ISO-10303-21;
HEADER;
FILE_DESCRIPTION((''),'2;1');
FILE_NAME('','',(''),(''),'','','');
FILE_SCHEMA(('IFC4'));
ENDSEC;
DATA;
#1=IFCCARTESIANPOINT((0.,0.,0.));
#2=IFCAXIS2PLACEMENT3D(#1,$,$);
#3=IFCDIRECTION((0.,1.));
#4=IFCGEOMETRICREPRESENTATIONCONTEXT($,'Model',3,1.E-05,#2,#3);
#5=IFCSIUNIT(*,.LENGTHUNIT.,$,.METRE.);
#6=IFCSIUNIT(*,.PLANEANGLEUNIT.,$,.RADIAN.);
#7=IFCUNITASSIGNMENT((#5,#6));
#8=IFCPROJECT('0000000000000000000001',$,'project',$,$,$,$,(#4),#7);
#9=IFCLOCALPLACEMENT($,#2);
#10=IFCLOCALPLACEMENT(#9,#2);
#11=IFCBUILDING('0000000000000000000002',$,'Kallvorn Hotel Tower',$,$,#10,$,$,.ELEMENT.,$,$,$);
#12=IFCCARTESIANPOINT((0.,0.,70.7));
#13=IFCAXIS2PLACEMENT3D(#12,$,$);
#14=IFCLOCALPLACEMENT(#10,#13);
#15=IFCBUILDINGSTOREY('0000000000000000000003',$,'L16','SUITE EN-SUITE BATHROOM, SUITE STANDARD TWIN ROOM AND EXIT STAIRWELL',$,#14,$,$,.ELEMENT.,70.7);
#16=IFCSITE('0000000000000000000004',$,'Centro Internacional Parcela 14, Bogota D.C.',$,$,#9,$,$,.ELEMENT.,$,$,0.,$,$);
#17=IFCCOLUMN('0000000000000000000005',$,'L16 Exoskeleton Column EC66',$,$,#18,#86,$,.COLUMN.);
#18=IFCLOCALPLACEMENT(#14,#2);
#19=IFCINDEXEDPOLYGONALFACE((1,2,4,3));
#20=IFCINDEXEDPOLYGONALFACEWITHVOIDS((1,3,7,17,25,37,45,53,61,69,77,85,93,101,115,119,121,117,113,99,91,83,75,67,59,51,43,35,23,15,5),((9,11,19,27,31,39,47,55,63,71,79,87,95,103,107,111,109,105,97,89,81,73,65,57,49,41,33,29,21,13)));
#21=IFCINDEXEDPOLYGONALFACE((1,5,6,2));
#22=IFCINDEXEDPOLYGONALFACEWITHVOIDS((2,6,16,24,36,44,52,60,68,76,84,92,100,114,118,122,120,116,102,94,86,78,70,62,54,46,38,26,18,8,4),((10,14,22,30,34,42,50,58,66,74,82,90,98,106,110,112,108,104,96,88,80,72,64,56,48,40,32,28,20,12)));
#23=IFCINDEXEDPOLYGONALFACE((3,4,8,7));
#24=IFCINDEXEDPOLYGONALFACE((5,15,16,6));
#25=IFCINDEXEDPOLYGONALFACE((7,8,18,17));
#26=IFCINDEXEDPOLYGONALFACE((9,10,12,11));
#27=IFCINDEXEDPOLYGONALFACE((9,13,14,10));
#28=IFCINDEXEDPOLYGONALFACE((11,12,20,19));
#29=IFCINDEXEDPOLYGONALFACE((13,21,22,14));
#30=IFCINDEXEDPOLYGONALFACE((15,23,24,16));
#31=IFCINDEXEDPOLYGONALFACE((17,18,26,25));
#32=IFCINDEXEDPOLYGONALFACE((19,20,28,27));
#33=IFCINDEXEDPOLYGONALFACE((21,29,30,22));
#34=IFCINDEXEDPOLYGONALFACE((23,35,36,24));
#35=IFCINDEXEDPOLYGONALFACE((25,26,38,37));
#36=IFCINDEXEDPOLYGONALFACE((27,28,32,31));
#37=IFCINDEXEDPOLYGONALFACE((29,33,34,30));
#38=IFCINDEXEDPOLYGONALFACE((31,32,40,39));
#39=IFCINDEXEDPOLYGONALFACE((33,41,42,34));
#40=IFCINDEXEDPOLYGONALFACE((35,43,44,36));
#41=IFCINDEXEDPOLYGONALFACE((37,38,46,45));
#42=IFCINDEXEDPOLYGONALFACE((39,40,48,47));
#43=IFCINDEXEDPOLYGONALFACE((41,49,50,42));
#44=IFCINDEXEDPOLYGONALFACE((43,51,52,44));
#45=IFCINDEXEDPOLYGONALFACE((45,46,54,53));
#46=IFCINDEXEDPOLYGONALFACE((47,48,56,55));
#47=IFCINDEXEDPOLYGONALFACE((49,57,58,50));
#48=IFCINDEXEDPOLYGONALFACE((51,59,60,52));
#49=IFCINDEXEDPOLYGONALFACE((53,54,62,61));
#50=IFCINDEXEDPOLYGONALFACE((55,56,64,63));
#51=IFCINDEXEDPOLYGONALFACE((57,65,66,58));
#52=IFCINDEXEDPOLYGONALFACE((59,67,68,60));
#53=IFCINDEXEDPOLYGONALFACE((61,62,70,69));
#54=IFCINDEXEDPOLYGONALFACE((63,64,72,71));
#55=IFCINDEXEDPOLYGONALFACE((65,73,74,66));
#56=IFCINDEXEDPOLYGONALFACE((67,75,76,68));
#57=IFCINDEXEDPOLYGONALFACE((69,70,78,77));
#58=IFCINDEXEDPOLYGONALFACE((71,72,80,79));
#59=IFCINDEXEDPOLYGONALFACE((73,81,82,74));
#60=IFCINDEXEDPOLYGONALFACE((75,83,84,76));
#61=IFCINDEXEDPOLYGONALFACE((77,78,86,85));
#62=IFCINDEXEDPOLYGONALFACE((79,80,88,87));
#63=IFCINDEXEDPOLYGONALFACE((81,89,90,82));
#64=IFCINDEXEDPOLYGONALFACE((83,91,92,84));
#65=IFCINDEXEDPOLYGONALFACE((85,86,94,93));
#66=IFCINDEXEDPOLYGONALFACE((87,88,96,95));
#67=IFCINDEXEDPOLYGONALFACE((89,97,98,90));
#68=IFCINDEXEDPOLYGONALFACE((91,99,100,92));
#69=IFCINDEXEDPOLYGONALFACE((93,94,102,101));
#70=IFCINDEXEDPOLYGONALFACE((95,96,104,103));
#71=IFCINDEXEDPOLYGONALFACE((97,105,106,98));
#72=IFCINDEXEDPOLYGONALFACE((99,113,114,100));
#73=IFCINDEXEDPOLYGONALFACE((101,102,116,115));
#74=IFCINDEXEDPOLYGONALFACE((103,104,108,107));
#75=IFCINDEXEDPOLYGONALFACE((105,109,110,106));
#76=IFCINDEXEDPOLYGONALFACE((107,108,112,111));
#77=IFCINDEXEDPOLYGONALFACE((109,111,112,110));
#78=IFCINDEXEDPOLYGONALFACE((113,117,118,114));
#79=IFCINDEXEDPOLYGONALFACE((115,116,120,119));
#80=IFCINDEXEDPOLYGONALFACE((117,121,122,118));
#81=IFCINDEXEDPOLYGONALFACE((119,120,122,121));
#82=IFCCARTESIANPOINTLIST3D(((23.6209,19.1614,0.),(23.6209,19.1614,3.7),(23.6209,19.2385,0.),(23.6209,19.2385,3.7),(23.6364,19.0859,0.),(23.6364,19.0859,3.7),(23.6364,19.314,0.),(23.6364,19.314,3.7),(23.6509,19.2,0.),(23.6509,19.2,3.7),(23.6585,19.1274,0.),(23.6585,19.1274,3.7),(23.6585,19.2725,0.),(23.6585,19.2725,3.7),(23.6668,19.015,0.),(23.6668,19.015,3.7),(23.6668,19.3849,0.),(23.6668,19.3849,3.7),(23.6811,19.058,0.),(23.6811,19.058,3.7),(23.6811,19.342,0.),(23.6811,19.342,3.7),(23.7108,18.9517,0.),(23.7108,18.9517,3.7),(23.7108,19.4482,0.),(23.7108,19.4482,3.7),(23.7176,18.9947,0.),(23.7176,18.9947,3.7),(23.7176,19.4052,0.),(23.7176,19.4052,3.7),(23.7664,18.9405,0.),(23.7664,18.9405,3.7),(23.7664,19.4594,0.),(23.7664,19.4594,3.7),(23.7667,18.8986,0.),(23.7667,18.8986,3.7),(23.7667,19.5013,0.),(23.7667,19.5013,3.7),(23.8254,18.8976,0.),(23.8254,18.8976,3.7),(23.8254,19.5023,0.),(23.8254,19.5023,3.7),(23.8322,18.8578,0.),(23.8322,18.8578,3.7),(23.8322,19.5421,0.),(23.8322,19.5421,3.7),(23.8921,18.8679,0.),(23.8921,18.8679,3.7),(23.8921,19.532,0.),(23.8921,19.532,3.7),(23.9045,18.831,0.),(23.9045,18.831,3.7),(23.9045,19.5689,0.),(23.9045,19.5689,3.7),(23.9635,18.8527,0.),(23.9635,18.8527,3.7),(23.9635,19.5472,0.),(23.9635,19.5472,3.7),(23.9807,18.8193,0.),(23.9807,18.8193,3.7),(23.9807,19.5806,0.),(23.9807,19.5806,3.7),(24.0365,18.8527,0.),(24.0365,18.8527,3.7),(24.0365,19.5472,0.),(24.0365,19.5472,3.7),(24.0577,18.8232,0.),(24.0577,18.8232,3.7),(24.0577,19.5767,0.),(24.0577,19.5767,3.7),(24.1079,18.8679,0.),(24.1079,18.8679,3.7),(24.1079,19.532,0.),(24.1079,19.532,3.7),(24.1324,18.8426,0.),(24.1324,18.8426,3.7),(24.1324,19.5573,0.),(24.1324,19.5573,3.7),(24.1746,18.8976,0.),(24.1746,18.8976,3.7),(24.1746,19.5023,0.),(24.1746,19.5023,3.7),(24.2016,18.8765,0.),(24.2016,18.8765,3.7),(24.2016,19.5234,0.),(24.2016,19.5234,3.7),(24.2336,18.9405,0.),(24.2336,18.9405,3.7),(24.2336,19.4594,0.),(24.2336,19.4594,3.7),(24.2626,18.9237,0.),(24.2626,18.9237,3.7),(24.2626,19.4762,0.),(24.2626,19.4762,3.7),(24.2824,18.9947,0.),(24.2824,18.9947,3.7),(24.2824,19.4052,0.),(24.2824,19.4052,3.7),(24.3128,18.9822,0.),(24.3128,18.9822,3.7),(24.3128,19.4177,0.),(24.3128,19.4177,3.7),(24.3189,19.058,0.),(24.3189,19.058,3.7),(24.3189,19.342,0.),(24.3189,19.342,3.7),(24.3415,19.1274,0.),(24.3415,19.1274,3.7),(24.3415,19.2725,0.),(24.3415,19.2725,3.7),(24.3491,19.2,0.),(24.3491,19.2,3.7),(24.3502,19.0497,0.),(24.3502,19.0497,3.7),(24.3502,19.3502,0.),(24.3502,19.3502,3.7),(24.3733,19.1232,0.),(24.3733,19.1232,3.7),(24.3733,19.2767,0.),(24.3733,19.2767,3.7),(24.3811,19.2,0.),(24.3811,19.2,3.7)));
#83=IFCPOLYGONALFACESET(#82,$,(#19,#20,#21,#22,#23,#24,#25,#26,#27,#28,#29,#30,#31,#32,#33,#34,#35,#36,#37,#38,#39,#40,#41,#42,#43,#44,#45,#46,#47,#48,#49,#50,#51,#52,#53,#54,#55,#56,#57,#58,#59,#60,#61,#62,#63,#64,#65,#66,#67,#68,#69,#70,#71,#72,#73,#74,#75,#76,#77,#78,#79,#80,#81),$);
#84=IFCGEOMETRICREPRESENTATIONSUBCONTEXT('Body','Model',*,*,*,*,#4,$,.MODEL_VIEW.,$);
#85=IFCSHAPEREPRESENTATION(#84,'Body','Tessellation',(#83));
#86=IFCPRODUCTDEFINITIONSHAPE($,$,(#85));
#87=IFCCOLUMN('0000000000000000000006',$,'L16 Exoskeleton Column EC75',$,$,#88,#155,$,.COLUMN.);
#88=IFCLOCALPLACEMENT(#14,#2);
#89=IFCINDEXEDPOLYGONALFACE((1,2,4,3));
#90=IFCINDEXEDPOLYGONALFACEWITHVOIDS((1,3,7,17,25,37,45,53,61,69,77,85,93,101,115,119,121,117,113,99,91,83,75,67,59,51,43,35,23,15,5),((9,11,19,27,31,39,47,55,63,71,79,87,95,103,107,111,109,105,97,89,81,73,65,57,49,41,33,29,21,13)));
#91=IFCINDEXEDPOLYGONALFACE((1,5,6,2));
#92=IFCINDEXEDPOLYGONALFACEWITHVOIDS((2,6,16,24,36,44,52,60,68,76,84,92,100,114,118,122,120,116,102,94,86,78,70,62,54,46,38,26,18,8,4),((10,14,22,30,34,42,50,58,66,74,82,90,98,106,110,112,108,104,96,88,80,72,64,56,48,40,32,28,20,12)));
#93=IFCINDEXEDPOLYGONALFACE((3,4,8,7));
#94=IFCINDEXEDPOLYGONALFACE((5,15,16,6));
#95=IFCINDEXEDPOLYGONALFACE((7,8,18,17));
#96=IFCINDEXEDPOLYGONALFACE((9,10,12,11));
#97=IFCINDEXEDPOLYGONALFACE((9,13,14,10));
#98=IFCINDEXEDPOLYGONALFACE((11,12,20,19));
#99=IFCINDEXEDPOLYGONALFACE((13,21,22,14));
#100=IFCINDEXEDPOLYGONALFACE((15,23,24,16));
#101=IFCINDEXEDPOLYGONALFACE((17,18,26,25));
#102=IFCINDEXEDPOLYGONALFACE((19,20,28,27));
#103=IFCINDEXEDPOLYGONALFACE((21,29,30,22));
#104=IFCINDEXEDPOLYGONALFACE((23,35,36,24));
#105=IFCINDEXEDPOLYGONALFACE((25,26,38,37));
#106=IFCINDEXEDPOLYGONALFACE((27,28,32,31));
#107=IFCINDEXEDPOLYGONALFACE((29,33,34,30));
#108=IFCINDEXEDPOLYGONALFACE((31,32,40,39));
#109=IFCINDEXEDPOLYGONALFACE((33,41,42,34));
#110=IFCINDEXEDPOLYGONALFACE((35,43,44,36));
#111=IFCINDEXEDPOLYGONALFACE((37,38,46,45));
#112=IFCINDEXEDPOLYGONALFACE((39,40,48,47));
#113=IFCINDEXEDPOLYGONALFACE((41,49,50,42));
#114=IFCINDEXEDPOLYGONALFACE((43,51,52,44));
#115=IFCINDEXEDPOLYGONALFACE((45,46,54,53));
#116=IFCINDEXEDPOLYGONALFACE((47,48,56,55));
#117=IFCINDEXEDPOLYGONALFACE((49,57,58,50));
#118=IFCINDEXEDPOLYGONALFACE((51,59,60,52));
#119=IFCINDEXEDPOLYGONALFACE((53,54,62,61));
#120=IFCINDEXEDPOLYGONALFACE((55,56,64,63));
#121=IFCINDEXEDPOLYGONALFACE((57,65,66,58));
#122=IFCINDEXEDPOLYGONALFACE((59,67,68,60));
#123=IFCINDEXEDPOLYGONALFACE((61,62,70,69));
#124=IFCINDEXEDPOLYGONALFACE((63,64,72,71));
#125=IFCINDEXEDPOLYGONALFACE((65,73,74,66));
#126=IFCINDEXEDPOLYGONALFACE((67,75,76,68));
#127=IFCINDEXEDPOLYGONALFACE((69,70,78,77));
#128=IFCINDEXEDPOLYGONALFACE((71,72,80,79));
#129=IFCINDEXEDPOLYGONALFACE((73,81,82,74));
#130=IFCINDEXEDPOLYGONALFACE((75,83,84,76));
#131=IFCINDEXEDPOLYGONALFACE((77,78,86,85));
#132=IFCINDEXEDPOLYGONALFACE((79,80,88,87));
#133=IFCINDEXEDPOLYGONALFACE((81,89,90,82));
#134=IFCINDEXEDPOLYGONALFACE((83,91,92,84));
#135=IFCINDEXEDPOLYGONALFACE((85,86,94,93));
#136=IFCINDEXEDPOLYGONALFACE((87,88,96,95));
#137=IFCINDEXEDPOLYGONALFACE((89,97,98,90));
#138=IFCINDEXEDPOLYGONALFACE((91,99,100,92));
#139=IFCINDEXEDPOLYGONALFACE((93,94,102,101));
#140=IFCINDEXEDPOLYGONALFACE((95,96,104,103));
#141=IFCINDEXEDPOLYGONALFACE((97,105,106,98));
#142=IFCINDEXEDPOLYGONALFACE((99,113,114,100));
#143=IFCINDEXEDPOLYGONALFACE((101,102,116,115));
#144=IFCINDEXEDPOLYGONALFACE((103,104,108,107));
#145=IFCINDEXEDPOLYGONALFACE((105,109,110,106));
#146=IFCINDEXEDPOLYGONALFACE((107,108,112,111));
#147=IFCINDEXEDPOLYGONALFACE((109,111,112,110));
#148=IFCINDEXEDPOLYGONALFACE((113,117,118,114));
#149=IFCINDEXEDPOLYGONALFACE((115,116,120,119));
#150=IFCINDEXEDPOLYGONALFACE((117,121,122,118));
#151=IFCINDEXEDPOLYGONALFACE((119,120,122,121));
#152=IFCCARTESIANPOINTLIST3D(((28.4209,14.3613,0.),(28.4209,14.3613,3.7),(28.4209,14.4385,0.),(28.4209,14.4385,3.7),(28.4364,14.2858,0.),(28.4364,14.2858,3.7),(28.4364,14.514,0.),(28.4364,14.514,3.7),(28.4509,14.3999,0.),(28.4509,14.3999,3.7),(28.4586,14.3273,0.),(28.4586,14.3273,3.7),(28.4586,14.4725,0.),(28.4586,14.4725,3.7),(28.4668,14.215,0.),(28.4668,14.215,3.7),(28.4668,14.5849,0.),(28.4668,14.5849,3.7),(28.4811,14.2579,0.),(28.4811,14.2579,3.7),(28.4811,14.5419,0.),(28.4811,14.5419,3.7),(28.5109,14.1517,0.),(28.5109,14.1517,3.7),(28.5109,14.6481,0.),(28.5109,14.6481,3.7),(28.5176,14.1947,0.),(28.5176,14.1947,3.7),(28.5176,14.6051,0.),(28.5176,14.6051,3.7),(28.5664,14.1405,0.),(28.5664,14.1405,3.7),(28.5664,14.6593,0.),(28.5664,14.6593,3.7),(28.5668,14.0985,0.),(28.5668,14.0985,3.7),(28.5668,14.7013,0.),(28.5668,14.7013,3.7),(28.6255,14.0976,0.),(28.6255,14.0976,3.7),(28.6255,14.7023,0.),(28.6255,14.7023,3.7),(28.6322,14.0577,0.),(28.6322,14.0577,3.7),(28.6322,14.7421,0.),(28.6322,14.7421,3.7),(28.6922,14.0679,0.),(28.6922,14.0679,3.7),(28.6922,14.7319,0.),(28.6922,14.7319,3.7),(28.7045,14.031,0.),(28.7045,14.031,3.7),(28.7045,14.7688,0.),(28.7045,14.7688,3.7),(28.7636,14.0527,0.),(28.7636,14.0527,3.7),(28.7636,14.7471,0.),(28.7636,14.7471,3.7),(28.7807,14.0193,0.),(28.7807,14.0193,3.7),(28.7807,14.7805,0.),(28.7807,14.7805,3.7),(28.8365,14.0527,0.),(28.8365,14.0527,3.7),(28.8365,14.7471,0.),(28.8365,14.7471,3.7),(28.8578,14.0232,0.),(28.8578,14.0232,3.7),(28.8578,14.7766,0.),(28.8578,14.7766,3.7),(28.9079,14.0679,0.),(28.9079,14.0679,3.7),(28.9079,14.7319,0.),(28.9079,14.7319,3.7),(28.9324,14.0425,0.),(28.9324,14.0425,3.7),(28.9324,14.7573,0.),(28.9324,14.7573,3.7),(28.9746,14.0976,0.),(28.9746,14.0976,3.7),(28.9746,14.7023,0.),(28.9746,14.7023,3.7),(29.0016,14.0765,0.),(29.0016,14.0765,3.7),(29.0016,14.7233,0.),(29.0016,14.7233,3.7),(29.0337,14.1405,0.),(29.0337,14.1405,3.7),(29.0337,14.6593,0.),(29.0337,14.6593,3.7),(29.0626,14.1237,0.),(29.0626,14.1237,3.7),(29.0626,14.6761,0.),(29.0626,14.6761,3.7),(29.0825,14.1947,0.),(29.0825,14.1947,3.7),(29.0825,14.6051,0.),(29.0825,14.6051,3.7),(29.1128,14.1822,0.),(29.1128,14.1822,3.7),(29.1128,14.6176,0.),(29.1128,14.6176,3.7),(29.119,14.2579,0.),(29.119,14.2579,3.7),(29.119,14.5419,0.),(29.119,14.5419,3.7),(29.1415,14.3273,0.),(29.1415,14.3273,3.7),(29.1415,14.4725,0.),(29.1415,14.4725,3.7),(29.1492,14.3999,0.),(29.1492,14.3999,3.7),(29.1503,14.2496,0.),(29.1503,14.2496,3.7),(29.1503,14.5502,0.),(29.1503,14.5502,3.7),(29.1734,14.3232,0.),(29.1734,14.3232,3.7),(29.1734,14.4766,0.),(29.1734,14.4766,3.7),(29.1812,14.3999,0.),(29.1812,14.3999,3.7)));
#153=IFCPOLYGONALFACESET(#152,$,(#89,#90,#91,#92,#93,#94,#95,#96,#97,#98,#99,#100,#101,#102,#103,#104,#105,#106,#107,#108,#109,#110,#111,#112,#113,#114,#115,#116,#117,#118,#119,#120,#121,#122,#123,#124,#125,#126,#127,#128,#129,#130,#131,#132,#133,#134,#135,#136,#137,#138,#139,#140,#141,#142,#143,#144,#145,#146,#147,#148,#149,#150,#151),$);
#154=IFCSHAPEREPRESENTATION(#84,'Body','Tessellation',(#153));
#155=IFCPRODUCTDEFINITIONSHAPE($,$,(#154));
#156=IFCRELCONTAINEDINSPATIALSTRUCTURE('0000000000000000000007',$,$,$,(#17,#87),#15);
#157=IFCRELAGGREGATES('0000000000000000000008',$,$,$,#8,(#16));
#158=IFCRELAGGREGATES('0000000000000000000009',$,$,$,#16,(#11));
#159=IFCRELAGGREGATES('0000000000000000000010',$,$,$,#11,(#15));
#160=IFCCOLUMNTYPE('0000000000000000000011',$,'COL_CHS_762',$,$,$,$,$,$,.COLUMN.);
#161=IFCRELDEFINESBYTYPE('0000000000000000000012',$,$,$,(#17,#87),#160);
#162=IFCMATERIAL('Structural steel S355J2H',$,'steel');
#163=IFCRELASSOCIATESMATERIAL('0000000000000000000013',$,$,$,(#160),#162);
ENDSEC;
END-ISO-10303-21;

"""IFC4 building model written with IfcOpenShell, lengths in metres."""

from ifc_helpers import new_model, si_unit, direction, frame, origin, origin_2d, place, context, subcontext, project, spatial, hollow_circle, extrude, material, material_profile, profile_set, type_object, element, save


model = new_model("IFC4")

# Units and contexts
model_context = context("Model", 3, precision=1e-05, world=origin(), true_north=direction((0.0, 1.0)))
body_context = subcontext(model_context, "Body", "Model", "MODEL_VIEW")
ifc_project = project(units=[si_unit("LENGTHUNIT", "METRE"), si_unit("PLANEANGLEUNIT", "RADIAN")], contexts=[model_context])

# Site, building, storey
site_placement = place(None, origin())
site = spatial("IfcSite", under=ifc_project, at=site_placement, Name="Centro Internacional Parcela 14, Bogota D.C.", CompositionType="ELEMENT", RefElevation=0.0)
building_placement = place(site_placement, origin())
building = spatial("IfcBuilding", under=site, at=building_placement, Name="Kallvorn Hotel Tower", CompositionType="ELEMENT")
storey_placement = place(building_placement, frame((0.0, 0.0, 70.7)))
storey = spatial("IfcBuildingStorey", under=building, at=storey_placement, Name="L16", Description="SUITE EN-SUITE BATHROOM, SUITE STANDARD TWIN ROOM AND EXIT STAIRWELL", CompositionType="ELEMENT", Elevation=70.7)

# Columns
ifc_material_1 = material(Name="Structural steel S355J2H", Category="steel")
ifc_material_profile_1 = material_profile(ifc_material_1, hollow_circle(Radius=0.3811, WallThickness=0.032, at=origin_2d()), Name="CHS 762x32")
ifc_profile_set_1 = profile_set([ifc_material_profile_1], Name="Structural steel S355J2H")
column_type_1 = type_object("IfcColumnType", Name="COL_CHS_762", PredefinedType="COLUMN", material=ifc_profile_set_1)
for number, where, z_axis, x_axis, name in (
    (1, (24.0, 19.2, 0.0), (0.0, 0.0, 1.0), (1.0, 0.0, 0.0), "L16 Exoskeleton Column EC66"),
    (2, (28.8, 14.3999, 0.0), (0.0, 0.0, 1.0), (1.0, 0.0, 0.0), "L16 Exoskeleton Column EC75"),
):
    element("IfcColumn", number, at=place(storey_placement, frame(where, z_axis=z_axis, x_axis=x_axis)), inside=storey, type_object=column_type_1, Name=name, PredefinedType="COLUMN", context=body_context, shape_type="SweptSolid", body=[
        extrude(hollow_circle(Radius=0.3811, WallThickness=0.032, at=origin_2d()), origin(), (0.0, 0.0, 1.0), 3.7),
    ])

save(model, "model.ifc")
